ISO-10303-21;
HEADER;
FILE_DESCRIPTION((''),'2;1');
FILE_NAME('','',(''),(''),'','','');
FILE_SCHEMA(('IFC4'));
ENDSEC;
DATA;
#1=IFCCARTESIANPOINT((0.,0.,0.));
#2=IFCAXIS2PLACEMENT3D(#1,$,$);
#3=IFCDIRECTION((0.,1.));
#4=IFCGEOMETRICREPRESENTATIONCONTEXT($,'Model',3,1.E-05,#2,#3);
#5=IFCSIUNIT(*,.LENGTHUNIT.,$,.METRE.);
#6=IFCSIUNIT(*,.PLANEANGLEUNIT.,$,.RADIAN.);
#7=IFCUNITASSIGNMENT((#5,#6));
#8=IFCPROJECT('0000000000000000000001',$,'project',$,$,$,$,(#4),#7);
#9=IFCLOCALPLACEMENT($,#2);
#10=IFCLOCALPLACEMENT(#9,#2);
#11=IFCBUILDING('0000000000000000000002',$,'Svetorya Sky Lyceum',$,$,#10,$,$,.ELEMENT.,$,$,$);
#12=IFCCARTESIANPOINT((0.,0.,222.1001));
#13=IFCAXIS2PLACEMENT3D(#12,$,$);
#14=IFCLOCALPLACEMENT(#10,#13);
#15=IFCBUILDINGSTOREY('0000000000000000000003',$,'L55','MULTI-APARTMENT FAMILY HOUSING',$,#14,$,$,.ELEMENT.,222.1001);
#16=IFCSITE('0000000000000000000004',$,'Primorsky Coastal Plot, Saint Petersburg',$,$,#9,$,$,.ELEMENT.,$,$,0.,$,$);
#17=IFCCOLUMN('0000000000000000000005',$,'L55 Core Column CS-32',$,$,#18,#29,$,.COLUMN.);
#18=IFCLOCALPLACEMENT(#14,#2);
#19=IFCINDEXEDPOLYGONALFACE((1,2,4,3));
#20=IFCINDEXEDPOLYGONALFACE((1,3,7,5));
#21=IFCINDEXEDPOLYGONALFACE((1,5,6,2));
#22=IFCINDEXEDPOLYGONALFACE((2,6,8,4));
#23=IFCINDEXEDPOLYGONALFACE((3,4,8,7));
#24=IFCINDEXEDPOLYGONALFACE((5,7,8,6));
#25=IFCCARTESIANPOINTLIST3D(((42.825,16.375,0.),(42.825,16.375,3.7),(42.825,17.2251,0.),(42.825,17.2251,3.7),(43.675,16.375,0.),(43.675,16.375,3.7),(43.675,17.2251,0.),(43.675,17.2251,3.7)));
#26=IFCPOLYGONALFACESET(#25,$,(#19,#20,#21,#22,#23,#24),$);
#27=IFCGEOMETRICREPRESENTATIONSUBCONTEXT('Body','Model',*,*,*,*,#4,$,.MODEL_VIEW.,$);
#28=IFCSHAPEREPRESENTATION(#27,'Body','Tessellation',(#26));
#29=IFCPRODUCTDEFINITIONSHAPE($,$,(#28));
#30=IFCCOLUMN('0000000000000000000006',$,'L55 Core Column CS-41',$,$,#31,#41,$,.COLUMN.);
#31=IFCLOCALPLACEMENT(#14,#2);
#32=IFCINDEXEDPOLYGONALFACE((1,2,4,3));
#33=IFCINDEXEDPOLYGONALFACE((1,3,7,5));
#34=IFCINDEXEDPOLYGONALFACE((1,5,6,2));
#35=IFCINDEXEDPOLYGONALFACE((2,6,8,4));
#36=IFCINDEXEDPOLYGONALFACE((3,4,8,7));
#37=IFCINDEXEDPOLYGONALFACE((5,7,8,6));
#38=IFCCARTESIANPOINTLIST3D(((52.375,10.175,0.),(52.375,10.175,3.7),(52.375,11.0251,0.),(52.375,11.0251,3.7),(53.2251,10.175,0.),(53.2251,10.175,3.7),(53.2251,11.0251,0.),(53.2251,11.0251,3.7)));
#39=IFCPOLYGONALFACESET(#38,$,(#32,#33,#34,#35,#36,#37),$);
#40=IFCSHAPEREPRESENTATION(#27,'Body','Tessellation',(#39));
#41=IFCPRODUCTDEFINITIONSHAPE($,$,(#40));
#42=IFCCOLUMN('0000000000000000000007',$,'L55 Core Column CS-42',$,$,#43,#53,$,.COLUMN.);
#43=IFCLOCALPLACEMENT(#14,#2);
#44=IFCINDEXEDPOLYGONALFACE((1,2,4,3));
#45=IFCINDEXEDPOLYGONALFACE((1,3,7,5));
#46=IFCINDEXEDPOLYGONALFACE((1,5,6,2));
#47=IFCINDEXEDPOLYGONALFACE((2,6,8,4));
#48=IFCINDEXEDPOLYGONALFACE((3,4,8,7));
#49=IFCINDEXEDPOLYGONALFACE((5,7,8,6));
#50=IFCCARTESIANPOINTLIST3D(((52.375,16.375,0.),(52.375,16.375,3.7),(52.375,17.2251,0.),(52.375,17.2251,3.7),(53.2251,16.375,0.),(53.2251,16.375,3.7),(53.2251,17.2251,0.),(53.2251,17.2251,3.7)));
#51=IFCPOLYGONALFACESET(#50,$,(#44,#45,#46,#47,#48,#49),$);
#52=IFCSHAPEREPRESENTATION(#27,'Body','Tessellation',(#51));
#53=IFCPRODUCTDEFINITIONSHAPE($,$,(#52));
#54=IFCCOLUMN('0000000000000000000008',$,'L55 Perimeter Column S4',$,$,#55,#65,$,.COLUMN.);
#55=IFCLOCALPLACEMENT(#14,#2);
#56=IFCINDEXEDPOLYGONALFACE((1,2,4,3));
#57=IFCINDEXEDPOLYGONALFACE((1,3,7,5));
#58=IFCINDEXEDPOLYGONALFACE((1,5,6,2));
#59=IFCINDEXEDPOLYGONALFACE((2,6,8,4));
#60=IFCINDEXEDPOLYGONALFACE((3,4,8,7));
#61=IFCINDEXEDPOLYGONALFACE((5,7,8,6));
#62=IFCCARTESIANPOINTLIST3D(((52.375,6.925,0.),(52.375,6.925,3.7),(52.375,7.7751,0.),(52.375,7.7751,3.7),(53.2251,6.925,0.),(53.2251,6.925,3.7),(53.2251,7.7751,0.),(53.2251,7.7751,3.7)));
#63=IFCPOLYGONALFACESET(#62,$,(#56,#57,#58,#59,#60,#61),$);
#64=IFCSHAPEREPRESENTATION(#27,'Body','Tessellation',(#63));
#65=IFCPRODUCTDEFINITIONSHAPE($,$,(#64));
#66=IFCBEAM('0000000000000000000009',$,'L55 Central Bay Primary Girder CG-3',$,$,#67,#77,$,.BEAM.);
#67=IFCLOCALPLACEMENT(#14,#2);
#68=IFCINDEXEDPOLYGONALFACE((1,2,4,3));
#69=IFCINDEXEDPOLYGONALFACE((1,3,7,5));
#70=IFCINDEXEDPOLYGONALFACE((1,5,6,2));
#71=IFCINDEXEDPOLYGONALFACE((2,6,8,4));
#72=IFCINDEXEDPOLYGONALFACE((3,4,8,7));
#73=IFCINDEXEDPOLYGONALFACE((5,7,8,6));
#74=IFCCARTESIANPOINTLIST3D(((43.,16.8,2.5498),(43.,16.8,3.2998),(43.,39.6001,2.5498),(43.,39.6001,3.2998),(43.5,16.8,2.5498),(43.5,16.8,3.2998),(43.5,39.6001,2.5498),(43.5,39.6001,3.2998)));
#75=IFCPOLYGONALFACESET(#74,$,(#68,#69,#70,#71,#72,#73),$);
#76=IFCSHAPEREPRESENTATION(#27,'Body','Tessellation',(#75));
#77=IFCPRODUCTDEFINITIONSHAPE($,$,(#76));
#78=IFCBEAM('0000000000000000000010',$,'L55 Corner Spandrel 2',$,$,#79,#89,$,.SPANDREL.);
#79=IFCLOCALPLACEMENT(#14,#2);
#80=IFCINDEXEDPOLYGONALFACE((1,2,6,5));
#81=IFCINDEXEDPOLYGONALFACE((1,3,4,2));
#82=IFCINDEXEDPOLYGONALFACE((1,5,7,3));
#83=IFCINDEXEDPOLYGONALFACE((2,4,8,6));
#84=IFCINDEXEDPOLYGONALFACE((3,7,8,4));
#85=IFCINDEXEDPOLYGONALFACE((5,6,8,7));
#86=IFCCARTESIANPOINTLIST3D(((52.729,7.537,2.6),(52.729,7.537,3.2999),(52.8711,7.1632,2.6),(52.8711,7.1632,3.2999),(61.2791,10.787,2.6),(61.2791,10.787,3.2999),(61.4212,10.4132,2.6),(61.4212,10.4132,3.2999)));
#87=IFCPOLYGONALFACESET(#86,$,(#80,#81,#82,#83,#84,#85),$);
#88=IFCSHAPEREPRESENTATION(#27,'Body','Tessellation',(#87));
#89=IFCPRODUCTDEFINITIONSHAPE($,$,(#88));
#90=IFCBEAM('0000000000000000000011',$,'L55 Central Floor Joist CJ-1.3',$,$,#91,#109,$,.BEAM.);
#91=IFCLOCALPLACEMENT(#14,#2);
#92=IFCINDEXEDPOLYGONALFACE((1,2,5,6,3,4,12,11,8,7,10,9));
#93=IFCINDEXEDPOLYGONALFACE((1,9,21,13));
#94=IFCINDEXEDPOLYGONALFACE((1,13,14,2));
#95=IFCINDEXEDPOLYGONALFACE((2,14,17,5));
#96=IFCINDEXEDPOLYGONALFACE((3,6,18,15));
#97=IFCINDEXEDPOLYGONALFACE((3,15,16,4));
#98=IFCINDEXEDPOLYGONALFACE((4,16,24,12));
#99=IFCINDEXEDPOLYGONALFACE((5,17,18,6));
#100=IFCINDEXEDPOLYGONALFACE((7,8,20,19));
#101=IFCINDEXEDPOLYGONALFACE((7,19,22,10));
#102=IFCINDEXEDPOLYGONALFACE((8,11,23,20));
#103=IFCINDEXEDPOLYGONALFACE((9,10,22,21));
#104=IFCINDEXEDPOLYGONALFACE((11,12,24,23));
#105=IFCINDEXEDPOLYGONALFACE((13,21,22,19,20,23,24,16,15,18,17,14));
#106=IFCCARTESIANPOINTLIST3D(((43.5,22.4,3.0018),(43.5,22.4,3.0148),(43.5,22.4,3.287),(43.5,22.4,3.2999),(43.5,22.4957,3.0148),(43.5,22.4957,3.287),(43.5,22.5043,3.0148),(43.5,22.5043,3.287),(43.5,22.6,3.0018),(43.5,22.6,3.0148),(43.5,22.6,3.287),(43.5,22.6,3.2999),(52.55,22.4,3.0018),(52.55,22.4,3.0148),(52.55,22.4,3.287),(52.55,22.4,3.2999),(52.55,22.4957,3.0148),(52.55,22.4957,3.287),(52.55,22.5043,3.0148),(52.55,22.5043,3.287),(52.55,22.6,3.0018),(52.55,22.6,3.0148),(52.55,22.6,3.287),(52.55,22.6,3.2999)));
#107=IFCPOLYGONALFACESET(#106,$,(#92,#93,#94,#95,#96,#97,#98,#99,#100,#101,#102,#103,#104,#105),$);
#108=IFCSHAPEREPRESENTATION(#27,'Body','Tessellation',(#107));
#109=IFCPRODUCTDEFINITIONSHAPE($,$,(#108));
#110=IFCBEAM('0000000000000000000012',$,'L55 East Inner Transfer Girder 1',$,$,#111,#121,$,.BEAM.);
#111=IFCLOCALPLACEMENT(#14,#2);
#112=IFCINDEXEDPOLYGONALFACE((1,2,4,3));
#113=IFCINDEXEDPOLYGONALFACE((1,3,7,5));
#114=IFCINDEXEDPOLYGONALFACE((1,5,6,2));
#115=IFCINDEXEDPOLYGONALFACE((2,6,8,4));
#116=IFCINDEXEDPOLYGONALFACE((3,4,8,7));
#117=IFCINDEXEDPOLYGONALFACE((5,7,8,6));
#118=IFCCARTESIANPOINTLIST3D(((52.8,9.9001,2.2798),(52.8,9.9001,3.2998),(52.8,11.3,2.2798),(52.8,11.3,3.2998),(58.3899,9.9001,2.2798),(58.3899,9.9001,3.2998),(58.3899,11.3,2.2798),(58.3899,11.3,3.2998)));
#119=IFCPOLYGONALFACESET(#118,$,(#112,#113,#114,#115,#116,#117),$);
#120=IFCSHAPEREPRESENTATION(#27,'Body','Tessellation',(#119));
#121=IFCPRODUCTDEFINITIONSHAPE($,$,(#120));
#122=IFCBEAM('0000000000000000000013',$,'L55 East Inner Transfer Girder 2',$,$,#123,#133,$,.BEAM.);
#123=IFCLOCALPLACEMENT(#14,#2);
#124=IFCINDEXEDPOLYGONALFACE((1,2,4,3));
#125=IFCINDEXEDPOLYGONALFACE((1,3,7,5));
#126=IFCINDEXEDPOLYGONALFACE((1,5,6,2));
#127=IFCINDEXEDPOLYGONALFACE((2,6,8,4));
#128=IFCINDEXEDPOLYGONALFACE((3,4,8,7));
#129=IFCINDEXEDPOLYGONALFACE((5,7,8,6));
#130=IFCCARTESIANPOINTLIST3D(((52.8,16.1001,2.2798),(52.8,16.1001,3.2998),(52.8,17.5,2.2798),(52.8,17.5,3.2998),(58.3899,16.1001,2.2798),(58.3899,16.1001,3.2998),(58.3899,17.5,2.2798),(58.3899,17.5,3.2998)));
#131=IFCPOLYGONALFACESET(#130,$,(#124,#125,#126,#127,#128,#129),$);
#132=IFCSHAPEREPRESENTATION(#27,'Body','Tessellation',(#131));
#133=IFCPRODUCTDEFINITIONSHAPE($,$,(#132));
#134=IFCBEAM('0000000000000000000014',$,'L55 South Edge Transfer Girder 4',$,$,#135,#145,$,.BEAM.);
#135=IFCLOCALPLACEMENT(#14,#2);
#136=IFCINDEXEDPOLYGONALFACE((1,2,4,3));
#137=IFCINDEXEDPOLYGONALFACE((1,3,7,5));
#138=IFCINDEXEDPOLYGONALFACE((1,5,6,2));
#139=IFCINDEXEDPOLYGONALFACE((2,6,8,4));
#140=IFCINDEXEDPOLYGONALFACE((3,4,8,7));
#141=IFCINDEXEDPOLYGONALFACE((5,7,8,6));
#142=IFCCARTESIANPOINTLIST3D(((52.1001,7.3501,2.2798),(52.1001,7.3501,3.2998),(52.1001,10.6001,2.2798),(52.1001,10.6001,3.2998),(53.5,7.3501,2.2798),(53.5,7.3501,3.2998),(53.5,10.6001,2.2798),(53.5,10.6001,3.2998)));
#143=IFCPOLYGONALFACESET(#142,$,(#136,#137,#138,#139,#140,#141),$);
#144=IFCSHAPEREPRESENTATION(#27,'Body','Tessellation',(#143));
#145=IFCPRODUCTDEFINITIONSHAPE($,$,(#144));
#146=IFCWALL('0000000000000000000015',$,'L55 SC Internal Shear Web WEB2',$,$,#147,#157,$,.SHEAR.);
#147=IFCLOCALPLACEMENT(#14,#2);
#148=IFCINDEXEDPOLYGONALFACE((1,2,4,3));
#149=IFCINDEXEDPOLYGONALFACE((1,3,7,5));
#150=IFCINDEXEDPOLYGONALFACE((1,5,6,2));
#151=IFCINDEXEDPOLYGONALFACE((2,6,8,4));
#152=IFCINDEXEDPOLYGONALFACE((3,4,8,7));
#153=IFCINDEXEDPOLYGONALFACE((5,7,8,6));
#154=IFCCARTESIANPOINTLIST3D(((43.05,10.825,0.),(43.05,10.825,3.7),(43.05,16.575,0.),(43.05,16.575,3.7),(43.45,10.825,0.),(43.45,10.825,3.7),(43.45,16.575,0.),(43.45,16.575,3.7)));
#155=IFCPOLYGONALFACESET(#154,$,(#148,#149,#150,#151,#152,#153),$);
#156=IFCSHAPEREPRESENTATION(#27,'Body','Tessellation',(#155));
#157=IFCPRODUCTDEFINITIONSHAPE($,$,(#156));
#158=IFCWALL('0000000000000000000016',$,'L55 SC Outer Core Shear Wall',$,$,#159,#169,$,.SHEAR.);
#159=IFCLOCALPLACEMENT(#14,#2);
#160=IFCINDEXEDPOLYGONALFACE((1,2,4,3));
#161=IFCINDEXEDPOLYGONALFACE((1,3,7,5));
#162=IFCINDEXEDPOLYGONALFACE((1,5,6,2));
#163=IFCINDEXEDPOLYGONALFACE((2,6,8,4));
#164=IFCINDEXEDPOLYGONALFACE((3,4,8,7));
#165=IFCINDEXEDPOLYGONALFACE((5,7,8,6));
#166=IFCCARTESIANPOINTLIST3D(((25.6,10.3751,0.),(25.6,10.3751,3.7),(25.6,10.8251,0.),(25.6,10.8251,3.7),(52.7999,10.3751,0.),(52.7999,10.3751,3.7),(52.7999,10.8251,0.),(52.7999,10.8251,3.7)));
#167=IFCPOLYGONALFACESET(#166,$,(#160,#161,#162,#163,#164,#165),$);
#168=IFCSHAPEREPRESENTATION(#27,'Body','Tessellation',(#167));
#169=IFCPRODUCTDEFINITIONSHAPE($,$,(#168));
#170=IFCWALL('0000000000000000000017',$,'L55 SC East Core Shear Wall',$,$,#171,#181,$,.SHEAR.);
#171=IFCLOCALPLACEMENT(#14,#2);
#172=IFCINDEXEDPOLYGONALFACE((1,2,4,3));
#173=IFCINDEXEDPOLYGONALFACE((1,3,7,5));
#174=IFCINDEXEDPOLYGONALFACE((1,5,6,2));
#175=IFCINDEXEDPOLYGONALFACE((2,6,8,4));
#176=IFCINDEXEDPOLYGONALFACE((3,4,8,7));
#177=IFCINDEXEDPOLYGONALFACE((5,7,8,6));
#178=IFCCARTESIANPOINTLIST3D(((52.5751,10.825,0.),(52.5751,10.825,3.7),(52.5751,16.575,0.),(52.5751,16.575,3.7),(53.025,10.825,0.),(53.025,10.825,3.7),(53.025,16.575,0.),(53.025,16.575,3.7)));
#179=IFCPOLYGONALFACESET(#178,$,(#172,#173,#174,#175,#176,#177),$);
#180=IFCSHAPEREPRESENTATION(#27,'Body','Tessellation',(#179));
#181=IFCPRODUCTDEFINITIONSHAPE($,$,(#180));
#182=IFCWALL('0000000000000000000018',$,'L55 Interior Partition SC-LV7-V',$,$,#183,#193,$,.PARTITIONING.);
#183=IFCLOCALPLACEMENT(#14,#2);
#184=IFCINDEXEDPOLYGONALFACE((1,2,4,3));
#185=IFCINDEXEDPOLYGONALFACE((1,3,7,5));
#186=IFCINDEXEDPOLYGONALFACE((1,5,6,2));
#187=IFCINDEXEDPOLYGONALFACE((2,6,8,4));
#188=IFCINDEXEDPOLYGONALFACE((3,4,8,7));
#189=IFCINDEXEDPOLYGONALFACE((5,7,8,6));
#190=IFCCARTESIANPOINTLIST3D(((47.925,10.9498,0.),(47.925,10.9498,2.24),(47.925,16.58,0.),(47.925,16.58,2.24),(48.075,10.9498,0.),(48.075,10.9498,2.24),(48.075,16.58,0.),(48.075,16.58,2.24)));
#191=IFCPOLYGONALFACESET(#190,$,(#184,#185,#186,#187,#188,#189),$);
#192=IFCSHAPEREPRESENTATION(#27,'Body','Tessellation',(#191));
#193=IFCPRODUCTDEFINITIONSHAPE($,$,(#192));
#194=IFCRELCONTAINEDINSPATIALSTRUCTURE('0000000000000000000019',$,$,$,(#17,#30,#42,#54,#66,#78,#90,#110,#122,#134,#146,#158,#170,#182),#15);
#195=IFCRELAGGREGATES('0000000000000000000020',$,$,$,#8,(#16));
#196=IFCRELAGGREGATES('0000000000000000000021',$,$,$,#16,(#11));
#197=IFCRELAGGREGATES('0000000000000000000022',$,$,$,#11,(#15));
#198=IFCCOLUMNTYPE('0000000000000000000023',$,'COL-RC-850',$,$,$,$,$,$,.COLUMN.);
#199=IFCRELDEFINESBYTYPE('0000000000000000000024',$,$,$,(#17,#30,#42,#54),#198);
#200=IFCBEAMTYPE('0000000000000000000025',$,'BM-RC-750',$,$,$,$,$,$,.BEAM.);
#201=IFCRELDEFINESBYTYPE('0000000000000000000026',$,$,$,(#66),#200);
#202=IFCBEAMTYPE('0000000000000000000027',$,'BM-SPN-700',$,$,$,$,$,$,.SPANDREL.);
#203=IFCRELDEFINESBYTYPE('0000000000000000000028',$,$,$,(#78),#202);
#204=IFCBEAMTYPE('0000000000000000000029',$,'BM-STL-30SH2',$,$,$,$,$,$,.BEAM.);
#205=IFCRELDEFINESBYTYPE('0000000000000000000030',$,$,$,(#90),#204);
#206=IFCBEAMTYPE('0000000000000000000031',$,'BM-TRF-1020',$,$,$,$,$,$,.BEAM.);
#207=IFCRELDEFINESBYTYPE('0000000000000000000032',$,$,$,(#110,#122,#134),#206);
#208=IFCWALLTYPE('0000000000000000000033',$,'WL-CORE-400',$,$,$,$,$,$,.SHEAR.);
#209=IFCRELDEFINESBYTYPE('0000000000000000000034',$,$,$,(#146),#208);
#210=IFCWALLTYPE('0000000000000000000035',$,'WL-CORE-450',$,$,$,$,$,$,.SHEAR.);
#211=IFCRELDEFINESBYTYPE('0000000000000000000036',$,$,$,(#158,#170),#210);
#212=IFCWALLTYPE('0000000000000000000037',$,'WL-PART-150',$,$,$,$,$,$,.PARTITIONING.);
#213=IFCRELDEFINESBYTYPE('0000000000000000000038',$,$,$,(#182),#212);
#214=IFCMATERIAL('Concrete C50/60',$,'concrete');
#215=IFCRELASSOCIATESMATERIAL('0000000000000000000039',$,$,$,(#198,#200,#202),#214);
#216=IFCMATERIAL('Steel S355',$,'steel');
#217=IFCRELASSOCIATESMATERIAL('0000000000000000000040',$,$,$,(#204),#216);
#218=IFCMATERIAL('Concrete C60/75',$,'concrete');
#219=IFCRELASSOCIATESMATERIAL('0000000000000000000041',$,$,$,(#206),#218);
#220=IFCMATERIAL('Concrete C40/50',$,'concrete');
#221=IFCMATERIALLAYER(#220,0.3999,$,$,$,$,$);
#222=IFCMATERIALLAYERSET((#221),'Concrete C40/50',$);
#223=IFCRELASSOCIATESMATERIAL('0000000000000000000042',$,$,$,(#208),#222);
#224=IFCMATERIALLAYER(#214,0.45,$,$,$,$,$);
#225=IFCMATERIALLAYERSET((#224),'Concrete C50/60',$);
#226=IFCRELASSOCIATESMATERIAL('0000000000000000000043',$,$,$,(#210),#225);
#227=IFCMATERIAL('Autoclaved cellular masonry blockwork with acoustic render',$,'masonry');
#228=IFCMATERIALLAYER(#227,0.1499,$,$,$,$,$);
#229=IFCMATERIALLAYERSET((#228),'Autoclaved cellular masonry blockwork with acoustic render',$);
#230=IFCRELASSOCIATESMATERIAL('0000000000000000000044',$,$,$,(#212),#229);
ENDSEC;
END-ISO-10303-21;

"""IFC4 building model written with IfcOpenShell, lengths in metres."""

from ifc_helpers import new_model, si_unit, direction, frame, frame_2d, origin, origin_2d, place, context, subcontext, project, spatial, rectangle, i_section, extrude, material, layer, layer_set, material_profile, profile_set, type_object, element, save


model = new_model("IFC4")

# Units and contexts
model_context = context("Model", 3, precision=1e-05, world=origin(), true_north=direction((0.0, 1.0)))
body_context = subcontext(model_context, "Body", "Model", "MODEL_VIEW")
ifc_project = project(units=[si_unit("LENGTHUNIT", "METRE"), si_unit("PLANEANGLEUNIT", "RADIAN")], contexts=[model_context])

# Site, building, storey
site_placement = place(None, origin())
site = spatial("IfcSite", under=ifc_project, at=site_placement, Name="Primorsky Coastal Plot, Saint Petersburg", CompositionType="ELEMENT", RefElevation=0.0)
building_placement = place(site_placement, origin())
building = spatial("IfcBuilding", under=site, at=building_placement, Name="Svetorya Sky Lyceum", CompositionType="ELEMENT")
storey_placement = place(building_placement, frame((0.0, 0.0, 222.1001)))
storey = spatial("IfcBuildingStorey", under=building, at=storey_placement, Name="L55", Description="MULTI-APARTMENT FAMILY HOUSING", CompositionType="ELEMENT", Elevation=222.1001)

# Columns
ifc_material_1 = material(Name="Concrete C50/60", Category="concrete")
ifc_material_profile_1 = material_profile(ifc_material_1, rectangle(XDim=0.8501, YDim=0.8501, at=origin_2d()), Name="RC COL 850x850")
ifc_profile_set_1 = profile_set([ifc_material_profile_1], Name="Concrete C50/60")
column_type = type_object("IfcColumnType", Name="COL-RC-850", PredefinedType="COLUMN", material=ifc_profile_set_1)
for number, where, z_axis, x_axis, name in (
    (1, (43.25, 16.8, 0.0), (0.0, 0.0, 1.0), (1.0, 0.0, 0.0), "L55 Core Column CS-32"),
    (2, (52.8, 10.6001, 0.0), (0.0, 0.0, 1.0), (1.0, 0.0, 0.0), "L55 Core Column CS-41"),
    (3, (52.8, 16.8, 0.0), (0.0, 0.0, 1.0), (1.0, 0.0, 0.0), "L55 Core Column CS-42"),
    (4, (52.8, 7.3501, 0.0), (0.0, 0.0, 1.0), (1.0, 0.0, 0.0), "L55 Perimeter Column S4"),
):
    element("IfcColumn", number, at=place(storey_placement, frame(where, z_axis=z_axis, x_axis=x_axis)), inside=storey, type_object=column_type, Name=name, PredefinedType="COLUMN", context=body_context, shape_type="SweptSolid", body=[
        extrude(rectangle(XDim=0.8501, YDim=0.8501, at=origin_2d()), origin(), (0.0, 0.0, 1.0), 3.7),
    ])

# Beams
ifc_material_profile_2 = material_profile(ifc_material_1, rectangle(XDim=0.5, YDim=0.75, at=origin_2d()), Name="RC BEAM 500x750")
ifc_profile_set_2 = profile_set([ifc_material_profile_2], Name="Concrete C50/60")
beam_type_1 = type_object("IfcBeamType", Name="BM-RC-750", PredefinedType="BEAM", material=ifc_profile_set_2)
beam_1_placement = place(storey_placement, frame((43.25, 16.8, 2.9248), z_axis=(0.0, 1.0, 0.0), x_axis=(-1.0, 0.0, 0.0)))
element("IfcBeam", 5, at=beam_1_placement, inside=storey, type_object=beam_type_1, Name="L55 Central Bay Primary Girder CG-3", PredefinedType="BEAM", context=body_context, shape_type="SweptSolid", body=[
    extrude(rectangle(XDim=0.5, YDim=0.75, at=origin_2d()), origin(), (0.0, 0.0, 1.0), 22.8),
])
ifc_material_profile_3 = material_profile(ifc_material_1, rectangle(XDim=0.3999, YDim=0.7, at=origin_2d()), Name="RC SPANDREL 400x700")
ifc_profile_set_3 = profile_set([ifc_material_profile_3], Name="Concrete C50/60")
beam_type_2 = type_object("IfcBeamType", Name="BM-SPN-700", PredefinedType="SPANDREL", material=ifc_profile_set_3)
beam_2_placement = place(storey_placement, frame((52.8, 7.3501, 2.95), z_axis=(0.934748, 0.355312, 0.0), x_axis=(-0.355312, 0.934748, 0.0)))
element("IfcBeam", 6, at=beam_2_placement, inside=storey, type_object=beam_type_2, Name="L55 Corner Spandrel 2", PredefinedType="SPANDREL", context=body_context, shape_type="SweptSolid", body=[
    extrude(rectangle(XDim=0.3999, YDim=0.7, at=origin_2d()), origin(), (0.0, 0.0, 1.0), 9.147),
])
ifc_material_2 = material(Name="Steel S355", Category="steel")
ifc_material_profile_4 = material_profile(ifc_material_2, i_section(OverallWidth=0.2, OverallDepth=0.2981, WebThickness=0.0085, FlangeThickness=0.0129, at=origin_2d()), Name="GOST 30Sh2")
ifc_profile_set_4 = profile_set([ifc_material_profile_4], Name="Steel S355")
beam_type_3 = type_object("IfcBeamType", Name="BM-STL-30SH2", PredefinedType="BEAM", material=ifc_profile_set_4)
beam_3_placement = place(storey_placement, frame((43.5, 22.5, 3.1509), z_axis=(1.0, 0.0, 0.0), x_axis=(0.0, 1.0, 0.0)))
element("IfcBeam", 7, at=beam_3_placement, inside=storey, type_object=beam_type_3, Name="L55 Central Floor Joist CJ-1.3", PredefinedType="BEAM", context=body_context, shape_type="SweptSolid", body=[
    extrude(i_section(OverallWidth=0.2, OverallDepth=0.2981, WebThickness=0.0085, FlangeThickness=0.0129, at=origin_2d()), origin(), (0.0, 0.0, 1.0), 9.05),
])
ifc_material_3 = material(Name="Concrete C60/75", Category="concrete")
ifc_material_profile_5 = material_profile(ifc_material_3, rectangle(XDim=1.3999, YDim=1.02, at=origin_2d()), Name="RC TRANSFER 1400x1020")
ifc_profile_set_5 = profile_set([ifc_material_profile_5], Name="Concrete C60/75")
beam_type_4 = type_object("IfcBeamType", Name="BM-TRF-1020", PredefinedType="BEAM", material=ifc_profile_set_5)
for number, where, z_axis, x_axis, name in (
    (8, (52.8, 10.6001, 2.7898), (1.0, 0.0, 0.0), (0.0, 1.0, 0.0), "L55 East Inner Transfer Girder 1"),
    (9, (52.8, 16.8, 2.7898), (1.0, 0.0, 0.0), (0.0, 1.0, 0.0), "L55 East Inner Transfer Girder 2"),
):
    element("IfcBeam", number, at=place(storey_placement, frame(where, z_axis=z_axis, x_axis=x_axis)), inside=storey, type_object=beam_type_4, Name=name, PredefinedType="BEAM", context=body_context, shape_type="SweptSolid", body=[
        extrude(rectangle(XDim=1.3999, YDim=1.02, at=origin_2d()), origin(), (0.0, 0.0, 1.0), 5.5898),
    ])
beam_4_placement = place(storey_placement, frame((52.8, 7.3501, 2.7898), z_axis=(0.0, 1.0, 0.0), x_axis=(-1.0, 0.0, 0.0)))
element("IfcBeam", 10, at=beam_4_placement, inside=storey, type_object=beam_type_4, Name="L55 South Edge Transfer Girder 4", PredefinedType="BEAM", context=body_context, shape_type="SweptSolid", body=[
    extrude(rectangle(XDim=1.3999, YDim=1.02, at=origin_2d()), origin(), (0.0, 0.0, 1.0), 3.25),
])

# Walls
ifc_material_4 = material(Name="Concrete C40/50", Category="concrete")
ifc_layer_1 = layer(ifc_material_4, 0.3999)
ifc_layer_set_1 = layer_set([ifc_layer_1], Name="Concrete C40/50")
wall_type_1 = type_object("IfcWallType", Name="WL-CORE-400", PredefinedType="SHEAR", material=ifc_layer_set_1)
wall_1_placement = place(storey_placement, frame((43.25, 10.825, 0.0), z_axis=(0.0, 0.0, 1.0), x_axis=(0.0, 1.0, 0.0)))
element("IfcWall", 11, at=wall_1_placement, inside=storey, type_object=wall_type_1, Name="L55 SC Internal Shear Web WEB2", PredefinedType="SHEAR", context=body_context, shape_type="SweptSolid", body=[
    extrude(rectangle(XDim=5.75, YDim=0.3999, at=frame_2d((2.875, 0.0))), origin(), (0.0, 0.0, 1.0), 3.7),
])
ifc_layer_2 = layer(ifc_material_1, 0.45)
ifc_layer_set_2 = layer_set([ifc_layer_2], Name="Concrete C50/60")
wall_type_2 = type_object("IfcWallType", Name="WL-CORE-450", PredefinedType="SHEAR", material=ifc_layer_set_2)
wall_2_placement = place(storey_placement, frame((52.8, 10.6001, 0.0), z_axis=(0.0, 0.0, 1.0), x_axis=(-1.0, 0.0, 0.0)))
element("IfcWall", 12, at=wall_2_placement, inside=storey, type_object=wall_type_2, Name="L55 SC Outer Core Shear Wall", PredefinedType="SHEAR", context=body_context, shape_type="SweptSolid", body=[
    extrude(rectangle(XDim=27.2, YDim=0.45, at=frame_2d((13.6001, 0.0))), origin(), (0.0, 0.0, 1.0), 3.7),
])
wall_3_placement = place(storey_placement, frame((52.8, 10.825, 0.0), z_axis=(0.0, 0.0, 1.0), x_axis=(0.0, 1.0, 0.0)))
element("IfcWall", 13, at=wall_3_placement, inside=storey, type_object=wall_type_2, Name="L55 SC East Core Shear Wall", PredefinedType="SHEAR", context=body_context, shape_type="SweptSolid", body=[
    extrude(rectangle(XDim=5.75, YDim=0.45, at=frame_2d((2.875, 0.0))), origin(), (0.0, 0.0, 1.0), 3.7),
])
ifc_material_5 = material(Name="Autoclaved cellular masonry blockwork with acoustic render", Category="masonry")
ifc_layer_3 = layer(ifc_material_5, 0.1499)
ifc_layer_set_3 = layer_set([ifc_layer_3], Name="Autoclaved cellular masonry blockwork with acoustic render")
wall_type_3 = type_object("IfcWallType", Name="WL-PART-150", PredefinedType="PARTITIONING", material=ifc_layer_set_3)
wall_4_placement = place(storey_placement, frame((48.0, 10.95, 0.0), z_axis=(0.0, 0.0, 1.0), x_axis=(0.0, 1.0, 0.0)))
element("IfcWall", 14, at=wall_4_placement, inside=storey, type_object=wall_type_3, Name="L55 Interior Partition SC-LV7-V", PredefinedType="PARTITIONING", context=body_context, shape_type="SweptSolid", body=[
    extrude(rectangle(XDim=5.6301, YDim=0.1499, at=frame_2d((2.8149, 0.0))), origin(), (0.0, 0.0, 1.0), 2.24),
])

save(model, "model.ifc")
